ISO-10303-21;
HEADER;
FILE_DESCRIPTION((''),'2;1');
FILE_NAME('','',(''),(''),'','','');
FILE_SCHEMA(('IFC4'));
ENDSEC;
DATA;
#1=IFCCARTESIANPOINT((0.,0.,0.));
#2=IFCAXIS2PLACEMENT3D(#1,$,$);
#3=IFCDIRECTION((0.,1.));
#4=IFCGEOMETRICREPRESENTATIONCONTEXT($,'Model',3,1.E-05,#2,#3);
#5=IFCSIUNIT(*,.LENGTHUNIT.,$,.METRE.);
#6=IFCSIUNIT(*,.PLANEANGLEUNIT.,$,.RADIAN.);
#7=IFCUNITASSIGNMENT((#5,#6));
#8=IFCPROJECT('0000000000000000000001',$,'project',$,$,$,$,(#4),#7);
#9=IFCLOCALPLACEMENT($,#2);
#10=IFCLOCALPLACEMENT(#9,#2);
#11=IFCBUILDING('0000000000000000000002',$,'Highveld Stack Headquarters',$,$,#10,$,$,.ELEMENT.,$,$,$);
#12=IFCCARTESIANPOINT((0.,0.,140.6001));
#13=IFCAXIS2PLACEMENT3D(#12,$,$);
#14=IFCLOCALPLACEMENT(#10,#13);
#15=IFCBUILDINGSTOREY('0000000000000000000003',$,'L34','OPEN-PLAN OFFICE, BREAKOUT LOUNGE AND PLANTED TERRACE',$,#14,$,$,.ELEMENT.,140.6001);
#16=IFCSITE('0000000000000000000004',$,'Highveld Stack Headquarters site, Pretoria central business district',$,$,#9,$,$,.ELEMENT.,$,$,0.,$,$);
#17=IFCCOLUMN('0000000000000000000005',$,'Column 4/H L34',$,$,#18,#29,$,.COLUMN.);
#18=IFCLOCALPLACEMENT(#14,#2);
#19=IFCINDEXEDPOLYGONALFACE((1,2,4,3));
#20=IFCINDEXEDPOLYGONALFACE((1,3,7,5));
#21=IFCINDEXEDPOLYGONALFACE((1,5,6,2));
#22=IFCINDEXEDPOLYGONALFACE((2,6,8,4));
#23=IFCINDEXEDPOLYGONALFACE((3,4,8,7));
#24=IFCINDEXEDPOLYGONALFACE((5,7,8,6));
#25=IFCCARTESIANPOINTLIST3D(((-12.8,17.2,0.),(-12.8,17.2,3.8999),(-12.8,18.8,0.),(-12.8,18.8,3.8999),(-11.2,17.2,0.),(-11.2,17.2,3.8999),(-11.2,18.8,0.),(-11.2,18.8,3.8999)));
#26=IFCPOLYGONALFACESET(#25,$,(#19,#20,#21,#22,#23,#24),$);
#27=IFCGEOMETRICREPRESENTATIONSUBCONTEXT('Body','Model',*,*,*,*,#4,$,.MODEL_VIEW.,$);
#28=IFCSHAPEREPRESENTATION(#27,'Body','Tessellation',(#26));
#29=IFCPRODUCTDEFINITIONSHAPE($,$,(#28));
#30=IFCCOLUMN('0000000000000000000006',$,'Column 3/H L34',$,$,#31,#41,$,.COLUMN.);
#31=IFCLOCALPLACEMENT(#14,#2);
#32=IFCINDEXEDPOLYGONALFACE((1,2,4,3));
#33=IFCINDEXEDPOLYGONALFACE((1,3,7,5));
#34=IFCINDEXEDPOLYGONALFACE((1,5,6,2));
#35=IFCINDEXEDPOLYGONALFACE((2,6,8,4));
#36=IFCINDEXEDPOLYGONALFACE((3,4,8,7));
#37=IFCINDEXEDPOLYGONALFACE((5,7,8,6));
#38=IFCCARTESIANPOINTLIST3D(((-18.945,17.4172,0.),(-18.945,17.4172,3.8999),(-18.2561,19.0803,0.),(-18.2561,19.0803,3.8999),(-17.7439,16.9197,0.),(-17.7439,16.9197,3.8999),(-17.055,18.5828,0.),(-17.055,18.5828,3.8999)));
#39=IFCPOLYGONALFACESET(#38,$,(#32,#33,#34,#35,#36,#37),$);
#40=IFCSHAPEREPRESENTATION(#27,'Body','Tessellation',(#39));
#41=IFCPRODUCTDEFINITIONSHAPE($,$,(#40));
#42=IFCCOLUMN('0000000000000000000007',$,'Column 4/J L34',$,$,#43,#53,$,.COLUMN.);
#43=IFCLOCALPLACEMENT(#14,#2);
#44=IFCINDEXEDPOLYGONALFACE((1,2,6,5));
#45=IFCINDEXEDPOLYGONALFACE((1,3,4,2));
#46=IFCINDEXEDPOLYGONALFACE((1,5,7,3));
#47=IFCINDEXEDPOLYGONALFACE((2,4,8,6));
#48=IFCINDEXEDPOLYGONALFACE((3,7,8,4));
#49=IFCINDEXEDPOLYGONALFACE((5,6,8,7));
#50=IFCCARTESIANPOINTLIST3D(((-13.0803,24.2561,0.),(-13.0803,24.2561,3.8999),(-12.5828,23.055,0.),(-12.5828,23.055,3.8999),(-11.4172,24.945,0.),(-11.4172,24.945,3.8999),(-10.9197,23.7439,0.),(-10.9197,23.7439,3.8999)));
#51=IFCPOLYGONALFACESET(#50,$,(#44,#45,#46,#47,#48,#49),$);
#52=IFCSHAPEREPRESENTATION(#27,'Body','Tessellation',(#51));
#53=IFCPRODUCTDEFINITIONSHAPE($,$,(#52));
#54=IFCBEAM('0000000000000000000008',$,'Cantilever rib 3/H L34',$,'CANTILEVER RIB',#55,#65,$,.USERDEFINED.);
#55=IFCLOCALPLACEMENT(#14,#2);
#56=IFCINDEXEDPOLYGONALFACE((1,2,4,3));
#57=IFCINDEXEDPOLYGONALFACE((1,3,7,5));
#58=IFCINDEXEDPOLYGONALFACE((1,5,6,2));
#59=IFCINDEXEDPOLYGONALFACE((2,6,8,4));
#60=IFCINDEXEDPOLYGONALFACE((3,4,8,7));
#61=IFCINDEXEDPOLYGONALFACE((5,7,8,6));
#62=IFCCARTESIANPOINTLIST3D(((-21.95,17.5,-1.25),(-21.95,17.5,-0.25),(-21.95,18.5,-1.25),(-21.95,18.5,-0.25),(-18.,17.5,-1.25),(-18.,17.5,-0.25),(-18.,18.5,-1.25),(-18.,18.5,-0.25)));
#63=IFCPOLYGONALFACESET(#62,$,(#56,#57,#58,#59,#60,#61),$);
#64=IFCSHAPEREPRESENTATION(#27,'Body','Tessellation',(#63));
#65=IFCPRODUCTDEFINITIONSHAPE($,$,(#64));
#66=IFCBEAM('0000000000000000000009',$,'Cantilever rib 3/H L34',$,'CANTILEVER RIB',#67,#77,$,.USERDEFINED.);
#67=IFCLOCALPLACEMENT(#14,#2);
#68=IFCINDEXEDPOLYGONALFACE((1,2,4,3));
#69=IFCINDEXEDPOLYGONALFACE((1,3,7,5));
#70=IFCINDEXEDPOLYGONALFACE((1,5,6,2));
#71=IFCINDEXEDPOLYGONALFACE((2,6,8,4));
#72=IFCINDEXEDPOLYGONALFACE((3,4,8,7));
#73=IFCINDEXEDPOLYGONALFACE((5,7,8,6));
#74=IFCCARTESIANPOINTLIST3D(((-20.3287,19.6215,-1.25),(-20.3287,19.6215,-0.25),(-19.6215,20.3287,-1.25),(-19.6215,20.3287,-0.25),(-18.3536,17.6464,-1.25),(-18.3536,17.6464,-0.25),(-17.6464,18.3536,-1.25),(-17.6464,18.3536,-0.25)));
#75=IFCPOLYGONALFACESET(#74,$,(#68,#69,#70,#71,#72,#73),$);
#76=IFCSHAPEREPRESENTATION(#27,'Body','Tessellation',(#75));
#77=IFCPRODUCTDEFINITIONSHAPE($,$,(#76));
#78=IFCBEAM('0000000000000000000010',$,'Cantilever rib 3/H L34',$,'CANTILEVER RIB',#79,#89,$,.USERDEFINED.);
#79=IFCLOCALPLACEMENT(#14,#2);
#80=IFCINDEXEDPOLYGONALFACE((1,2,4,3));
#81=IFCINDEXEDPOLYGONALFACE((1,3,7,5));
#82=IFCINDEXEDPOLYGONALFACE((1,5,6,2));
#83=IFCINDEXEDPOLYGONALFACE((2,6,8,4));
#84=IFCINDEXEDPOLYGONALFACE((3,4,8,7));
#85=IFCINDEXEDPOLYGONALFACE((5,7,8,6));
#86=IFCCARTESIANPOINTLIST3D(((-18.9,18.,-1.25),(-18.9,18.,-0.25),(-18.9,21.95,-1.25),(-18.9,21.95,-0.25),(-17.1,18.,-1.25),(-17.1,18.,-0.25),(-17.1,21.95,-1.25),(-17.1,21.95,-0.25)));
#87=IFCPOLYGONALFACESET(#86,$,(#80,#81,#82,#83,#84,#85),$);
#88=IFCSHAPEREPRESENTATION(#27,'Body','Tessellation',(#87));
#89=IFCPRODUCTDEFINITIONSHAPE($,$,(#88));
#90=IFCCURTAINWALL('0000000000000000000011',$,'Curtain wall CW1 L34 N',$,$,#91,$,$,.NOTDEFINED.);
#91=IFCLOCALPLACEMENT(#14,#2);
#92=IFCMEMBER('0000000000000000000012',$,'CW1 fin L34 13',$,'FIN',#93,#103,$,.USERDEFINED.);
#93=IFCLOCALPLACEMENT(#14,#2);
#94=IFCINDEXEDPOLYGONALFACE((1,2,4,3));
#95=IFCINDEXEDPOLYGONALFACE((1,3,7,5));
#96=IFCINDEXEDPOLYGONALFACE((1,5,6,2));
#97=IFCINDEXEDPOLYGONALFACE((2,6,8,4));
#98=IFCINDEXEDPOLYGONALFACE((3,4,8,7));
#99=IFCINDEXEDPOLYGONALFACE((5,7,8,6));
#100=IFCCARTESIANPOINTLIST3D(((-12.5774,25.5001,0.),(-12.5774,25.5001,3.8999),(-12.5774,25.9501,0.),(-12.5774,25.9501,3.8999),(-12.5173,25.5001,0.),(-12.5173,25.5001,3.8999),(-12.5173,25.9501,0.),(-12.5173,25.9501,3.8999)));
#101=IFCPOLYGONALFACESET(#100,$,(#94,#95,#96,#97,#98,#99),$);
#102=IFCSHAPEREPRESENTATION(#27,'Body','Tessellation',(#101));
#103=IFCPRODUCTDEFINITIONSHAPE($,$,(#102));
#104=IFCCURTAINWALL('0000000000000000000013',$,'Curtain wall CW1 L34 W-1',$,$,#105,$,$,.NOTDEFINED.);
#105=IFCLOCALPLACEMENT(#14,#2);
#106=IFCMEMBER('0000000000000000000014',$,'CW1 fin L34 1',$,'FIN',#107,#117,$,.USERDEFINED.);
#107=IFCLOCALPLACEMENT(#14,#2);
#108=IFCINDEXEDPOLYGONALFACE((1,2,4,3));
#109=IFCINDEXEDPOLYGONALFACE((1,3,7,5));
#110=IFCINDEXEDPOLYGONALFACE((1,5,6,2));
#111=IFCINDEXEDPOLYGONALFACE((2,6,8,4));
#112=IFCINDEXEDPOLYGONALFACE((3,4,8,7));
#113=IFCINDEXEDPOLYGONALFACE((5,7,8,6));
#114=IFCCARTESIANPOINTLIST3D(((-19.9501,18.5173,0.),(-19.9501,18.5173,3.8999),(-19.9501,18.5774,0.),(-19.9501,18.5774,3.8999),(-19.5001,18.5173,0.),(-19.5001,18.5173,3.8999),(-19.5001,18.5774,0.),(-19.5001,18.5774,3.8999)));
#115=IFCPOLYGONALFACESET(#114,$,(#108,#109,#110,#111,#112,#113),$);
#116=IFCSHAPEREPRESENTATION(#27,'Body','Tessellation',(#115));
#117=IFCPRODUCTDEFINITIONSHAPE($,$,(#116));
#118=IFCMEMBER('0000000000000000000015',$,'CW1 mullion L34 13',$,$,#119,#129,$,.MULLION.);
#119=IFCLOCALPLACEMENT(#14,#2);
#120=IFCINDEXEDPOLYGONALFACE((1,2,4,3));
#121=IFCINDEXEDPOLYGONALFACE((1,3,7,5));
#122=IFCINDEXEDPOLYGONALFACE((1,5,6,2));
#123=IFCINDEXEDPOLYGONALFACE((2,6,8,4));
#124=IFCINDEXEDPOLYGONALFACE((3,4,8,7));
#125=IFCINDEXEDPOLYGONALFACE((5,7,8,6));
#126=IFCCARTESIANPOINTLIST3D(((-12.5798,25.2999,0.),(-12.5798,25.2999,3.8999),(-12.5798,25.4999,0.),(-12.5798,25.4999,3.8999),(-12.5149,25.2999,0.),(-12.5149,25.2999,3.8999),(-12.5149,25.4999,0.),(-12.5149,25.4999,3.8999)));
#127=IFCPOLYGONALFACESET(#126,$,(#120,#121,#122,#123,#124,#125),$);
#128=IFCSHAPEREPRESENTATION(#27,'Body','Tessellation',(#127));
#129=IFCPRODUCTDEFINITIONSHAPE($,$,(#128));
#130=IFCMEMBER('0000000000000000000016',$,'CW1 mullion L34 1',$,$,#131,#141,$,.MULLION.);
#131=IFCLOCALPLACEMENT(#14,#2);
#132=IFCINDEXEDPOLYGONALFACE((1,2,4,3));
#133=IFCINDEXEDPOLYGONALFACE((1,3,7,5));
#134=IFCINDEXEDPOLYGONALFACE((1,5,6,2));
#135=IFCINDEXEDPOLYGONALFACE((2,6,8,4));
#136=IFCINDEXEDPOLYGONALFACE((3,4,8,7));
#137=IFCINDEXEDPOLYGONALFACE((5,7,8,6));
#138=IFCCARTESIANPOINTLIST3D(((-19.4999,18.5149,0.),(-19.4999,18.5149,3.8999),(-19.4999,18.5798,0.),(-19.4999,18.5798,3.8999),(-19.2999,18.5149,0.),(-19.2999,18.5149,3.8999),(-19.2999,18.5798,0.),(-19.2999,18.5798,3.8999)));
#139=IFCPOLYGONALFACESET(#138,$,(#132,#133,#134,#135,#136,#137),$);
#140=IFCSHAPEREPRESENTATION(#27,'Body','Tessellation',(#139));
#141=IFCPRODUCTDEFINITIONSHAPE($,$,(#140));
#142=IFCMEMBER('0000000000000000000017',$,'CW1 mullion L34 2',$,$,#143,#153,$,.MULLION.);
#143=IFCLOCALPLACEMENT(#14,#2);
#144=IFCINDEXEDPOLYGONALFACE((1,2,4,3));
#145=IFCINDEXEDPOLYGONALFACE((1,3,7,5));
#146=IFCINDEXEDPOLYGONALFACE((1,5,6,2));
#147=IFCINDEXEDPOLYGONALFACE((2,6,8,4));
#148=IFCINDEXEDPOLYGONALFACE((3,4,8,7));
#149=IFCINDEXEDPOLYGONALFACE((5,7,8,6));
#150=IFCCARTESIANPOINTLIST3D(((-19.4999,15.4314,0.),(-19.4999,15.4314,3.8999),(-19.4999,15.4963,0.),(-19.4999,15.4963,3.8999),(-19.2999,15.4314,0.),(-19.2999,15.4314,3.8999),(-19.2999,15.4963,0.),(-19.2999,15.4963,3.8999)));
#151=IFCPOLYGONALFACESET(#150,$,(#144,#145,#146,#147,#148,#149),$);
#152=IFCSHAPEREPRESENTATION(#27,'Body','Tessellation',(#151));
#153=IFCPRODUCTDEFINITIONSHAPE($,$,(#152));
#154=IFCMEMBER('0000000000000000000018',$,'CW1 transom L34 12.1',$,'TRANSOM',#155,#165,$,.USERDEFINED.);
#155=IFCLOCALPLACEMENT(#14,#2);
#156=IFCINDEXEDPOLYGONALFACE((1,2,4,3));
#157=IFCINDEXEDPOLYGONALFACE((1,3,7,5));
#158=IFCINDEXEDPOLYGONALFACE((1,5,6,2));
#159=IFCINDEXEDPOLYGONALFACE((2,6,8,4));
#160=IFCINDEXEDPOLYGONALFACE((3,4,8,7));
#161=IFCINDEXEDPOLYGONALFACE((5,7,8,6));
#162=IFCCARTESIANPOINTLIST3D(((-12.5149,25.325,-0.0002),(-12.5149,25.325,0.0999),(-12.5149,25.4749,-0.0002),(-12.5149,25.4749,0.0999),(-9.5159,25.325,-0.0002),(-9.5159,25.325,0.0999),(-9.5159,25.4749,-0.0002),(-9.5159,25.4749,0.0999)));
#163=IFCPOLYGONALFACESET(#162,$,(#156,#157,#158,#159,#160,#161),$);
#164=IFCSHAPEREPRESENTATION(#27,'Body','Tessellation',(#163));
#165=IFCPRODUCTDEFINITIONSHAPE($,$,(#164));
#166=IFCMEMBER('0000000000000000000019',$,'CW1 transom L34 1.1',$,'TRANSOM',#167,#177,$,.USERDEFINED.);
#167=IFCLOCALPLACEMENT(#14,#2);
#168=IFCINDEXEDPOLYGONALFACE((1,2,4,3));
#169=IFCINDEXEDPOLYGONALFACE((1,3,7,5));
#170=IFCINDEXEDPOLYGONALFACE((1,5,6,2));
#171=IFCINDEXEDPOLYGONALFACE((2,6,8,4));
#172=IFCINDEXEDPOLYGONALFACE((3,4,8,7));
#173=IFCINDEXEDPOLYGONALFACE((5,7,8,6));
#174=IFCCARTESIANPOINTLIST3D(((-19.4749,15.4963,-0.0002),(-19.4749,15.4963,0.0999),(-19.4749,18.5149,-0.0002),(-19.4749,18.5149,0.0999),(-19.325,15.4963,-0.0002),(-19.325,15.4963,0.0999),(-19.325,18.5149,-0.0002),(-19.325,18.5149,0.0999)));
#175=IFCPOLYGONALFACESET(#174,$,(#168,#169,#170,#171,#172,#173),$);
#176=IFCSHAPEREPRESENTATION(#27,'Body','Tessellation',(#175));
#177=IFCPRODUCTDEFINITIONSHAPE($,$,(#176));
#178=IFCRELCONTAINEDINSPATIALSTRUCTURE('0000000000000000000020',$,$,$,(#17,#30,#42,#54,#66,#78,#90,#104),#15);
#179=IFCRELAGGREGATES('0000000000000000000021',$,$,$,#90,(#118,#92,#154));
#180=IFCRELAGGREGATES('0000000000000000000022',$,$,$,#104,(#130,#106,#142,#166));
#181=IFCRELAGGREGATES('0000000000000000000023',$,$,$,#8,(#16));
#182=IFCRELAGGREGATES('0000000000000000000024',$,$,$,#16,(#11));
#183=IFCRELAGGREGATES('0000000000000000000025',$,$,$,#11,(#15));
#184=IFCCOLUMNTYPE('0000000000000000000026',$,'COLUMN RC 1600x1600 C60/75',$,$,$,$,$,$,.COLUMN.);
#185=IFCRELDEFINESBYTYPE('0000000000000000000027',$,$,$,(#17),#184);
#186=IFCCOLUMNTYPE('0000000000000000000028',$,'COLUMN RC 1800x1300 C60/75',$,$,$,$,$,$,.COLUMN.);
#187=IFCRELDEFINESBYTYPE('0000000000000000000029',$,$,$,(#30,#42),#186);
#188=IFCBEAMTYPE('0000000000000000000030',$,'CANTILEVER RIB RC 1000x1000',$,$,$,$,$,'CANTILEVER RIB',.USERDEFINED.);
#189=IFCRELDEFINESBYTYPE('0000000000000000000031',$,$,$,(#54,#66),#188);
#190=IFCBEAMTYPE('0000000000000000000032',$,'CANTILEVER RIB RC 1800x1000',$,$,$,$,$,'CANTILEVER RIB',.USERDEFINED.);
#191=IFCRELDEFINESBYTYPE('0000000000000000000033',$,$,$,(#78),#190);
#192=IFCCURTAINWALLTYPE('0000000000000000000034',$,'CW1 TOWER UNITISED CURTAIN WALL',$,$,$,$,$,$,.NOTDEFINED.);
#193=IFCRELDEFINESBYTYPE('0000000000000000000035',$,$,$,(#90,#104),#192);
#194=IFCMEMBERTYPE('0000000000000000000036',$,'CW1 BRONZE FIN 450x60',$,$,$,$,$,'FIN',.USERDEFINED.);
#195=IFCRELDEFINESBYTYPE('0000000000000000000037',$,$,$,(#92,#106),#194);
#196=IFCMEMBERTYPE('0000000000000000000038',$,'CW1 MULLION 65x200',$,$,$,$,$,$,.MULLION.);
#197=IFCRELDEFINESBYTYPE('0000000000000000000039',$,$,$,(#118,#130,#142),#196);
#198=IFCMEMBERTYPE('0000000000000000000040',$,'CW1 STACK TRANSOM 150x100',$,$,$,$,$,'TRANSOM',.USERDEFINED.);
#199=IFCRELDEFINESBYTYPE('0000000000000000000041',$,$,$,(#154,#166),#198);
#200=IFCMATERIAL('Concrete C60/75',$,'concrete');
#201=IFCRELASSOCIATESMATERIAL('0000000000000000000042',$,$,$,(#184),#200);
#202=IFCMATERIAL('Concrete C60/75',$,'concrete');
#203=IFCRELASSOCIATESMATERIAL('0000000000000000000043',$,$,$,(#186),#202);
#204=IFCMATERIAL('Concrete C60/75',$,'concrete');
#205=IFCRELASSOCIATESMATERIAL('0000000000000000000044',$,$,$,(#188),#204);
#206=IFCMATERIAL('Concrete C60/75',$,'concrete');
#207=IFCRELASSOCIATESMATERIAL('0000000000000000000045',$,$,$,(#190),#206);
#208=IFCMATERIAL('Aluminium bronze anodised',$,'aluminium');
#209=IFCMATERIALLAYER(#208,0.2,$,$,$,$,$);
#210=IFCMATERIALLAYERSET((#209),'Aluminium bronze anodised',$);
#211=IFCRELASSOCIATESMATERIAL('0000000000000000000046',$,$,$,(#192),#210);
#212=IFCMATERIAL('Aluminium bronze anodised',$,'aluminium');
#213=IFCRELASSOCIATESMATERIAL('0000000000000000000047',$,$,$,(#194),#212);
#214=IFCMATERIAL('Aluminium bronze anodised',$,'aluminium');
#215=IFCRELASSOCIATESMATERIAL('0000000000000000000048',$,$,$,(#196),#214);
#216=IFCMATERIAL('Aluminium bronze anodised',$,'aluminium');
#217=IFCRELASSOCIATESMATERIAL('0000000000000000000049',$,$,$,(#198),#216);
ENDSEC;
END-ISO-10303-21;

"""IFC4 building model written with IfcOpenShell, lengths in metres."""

from ifc_helpers import new_model, si_unit, direction, frame, origin, origin_2d, place, context, subcontext, project, spatial, rectangle, extrude, material, layer, layer_set, material_profile, profile_set, type_object, element, aggregate, save


model = new_model("IFC4")

# Units and contexts
model_context = context("Model", 3, precision=1e-05, world=origin(), true_north=direction((0.0, 1.0)))
body_context = subcontext(model_context, "Body", "Model", "MODEL_VIEW")
ifc_project = project(units=[si_unit("LENGTHUNIT", "METRE"), si_unit("PLANEANGLEUNIT", "RADIAN")], contexts=[model_context])

# Site, building, storey
site_placement = place(None, origin())
site = spatial("IfcSite", under=ifc_project, at=site_placement, Name="Highveld Stack Headquarters site, Pretoria central business district", CompositionType="ELEMENT", RefElevation=0.0)
building_placement = place(site_placement, origin())
building = spatial("IfcBuilding", under=site, at=building_placement, Name="Highveld Stack Headquarters", CompositionType="ELEMENT")
storey_placement = place(building_placement, frame((0.0, 0.0, 140.6001)))
storey = spatial("IfcBuildingStorey", under=building, at=storey_placement, Name="L34", Description="OPEN-PLAN OFFICE, BREAKOUT LOUNGE AND PLANTED TERRACE", CompositionType="ELEMENT", Elevation=140.6001)

# Columns
ifc_material_1 = material(Name="Concrete C60/75", Category="concrete")
ifc_material_profile_1 = material_profile(ifc_material_1, rectangle(XDim=1.6001, YDim=1.6001, at=origin_2d()), Name="RC 1600x1600")
ifc_profile_set_1 = profile_set([ifc_material_profile_1], Name="Concrete C60/75")
column_type_1 = type_object("IfcColumnType", Name="COLUMN RC 1600x1600 C60/75", PredefinedType="COLUMN", material=ifc_profile_set_1)
column_placement = place(storey_placement, frame((-12.0, 18.0, 0.0), z_axis=(0.0, 0.0, 1.0), x_axis=(1.0, 0.0, 0.0)))
element("IfcColumn", 1, at=column_placement, inside=storey, type_object=column_type_1, Name="Column 4/H L34", PredefinedType="COLUMN", context=body_context, shape_type="SweptSolid", body=[
    extrude(rectangle(XDim=1.6001, YDim=1.6001, at=origin_2d()), origin(), (0.0, 0.0, 1.0), 3.8999),
])
ifc_material_2 = material(Name="Concrete C60/75", Category="concrete")
ifc_material_profile_2 = material_profile(ifc_material_2, rectangle(XDim=1.8, YDim=1.3, at=origin_2d()), Name="RC 1800x1300")
ifc_profile_set_2 = profile_set([ifc_material_profile_2], Name="Concrete C60/75")
column_type_2 = type_object("IfcColumnType", Name="COLUMN RC 1800x1300 C60/75", PredefinedType="COLUMN", material=ifc_profile_set_2)
for number, where, z_axis, x_axis, name in (
    (2, (-18.0, 18.0, 0.0), (0.0, 0.0, 1.0), (0.382683, 0.92388, 0.0), "Column 3/H L34"),
    (3, (-12.0, 24.0, 0.0), (0.0, 0.0, 1.0), (0.92388, 0.382683, 0.0), "Column 4/J L34"),
):
    element("IfcColumn", number, at=place(storey_placement, frame(where, z_axis=z_axis, x_axis=x_axis)), inside=storey, type_object=column_type_2, Name=name, PredefinedType="COLUMN", context=body_context, shape_type="SweptSolid", body=[
        extrude(rectangle(XDim=1.8, YDim=1.3, at=origin_2d()), origin(), (0.0, 0.0, 1.0), 3.8999),
    ])

# Beams
ifc_material_3 = material(Name="Concrete C60/75", Category="concrete")
ifc_material_profile_3 = material_profile(ifc_material_3, rectangle(XDim=1.0, YDim=1.0, at=origin_2d()), Name="RC 1000x1000")
ifc_profile_set_3 = profile_set([ifc_material_profile_3], Name="Concrete C60/75")
beam_type_1 = type_object("IfcBeamType", Name="CANTILEVER RIB RC 1000x1000", ElementType="CANTILEVER RIB", PredefinedType="USERDEFINED", material=ifc_profile_set_3)
beam_1_placement = place(storey_placement, frame((-18.0, 18.0, -0.75), z_axis=(-1.0, 0.0, 0.0), x_axis=(0.0, -1.0, 0.0)))
element("IfcBeam", 4, at=beam_1_placement, inside=storey, type_object=beam_type_1, Name="Cantilever rib 3/H L34", ObjectType="CANTILEVER RIB", PredefinedType="USERDEFINED", context=body_context, shape_type="SweptSolid", body=[
    extrude(rectangle(XDim=1.0, YDim=1.0, at=origin_2d()), origin(), (0.0, 0.0, 1.0), 3.95),
])
beam_2_placement = place(storey_placement, frame((-18.0, 18.0, -0.75), z_axis=(-0.707107, 0.707107, 0.0), x_axis=(-0.707107, -0.707107, 0.0)))
element("IfcBeam", 5, at=beam_2_placement, inside=storey, type_object=beam_type_1, Name="Cantilever rib 3/H L34", ObjectType="CANTILEVER RIB", PredefinedType="USERDEFINED", context=body_context, shape_type="SweptSolid", body=[
    extrude(rectangle(XDim=1.0, YDim=1.0, at=origin_2d()), origin(), (0.0, 0.0, 1.0), 2.7932),
])
ifc_material_4 = material(Name="Concrete C60/75", Category="concrete")
ifc_material_profile_4 = material_profile(ifc_material_4, rectangle(XDim=1.8, YDim=1.0, at=origin_2d()), Name="RC 1800x1000")
ifc_profile_set_4 = profile_set([ifc_material_profile_4], Name="Concrete C60/75")
beam_type_2 = type_object("IfcBeamType", Name="CANTILEVER RIB RC 1800x1000", ElementType="CANTILEVER RIB", PredefinedType="USERDEFINED", material=ifc_profile_set_4)
beam_3_placement = place(storey_placement, frame((-18.0, 18.0, -0.75), z_axis=(0.0, 1.0, 0.0), x_axis=(-1.0, 0.0, 0.0)))
element("IfcBeam", 6, at=beam_3_placement, inside=storey, type_object=beam_type_2, Name="Cantilever rib 3/H L34", ObjectType="CANTILEVER RIB", PredefinedType="USERDEFINED", context=body_context, shape_type="SweptSolid", body=[
    extrude(rectangle(XDim=1.8, YDim=1.0, at=origin_2d()), origin(), (0.0, 0.0, 1.0), 3.95),
])

# Curtain walls, members
ifc_material_5 = material(Name="Aluminium bronze anodised", Category="aluminium")
ifc_layer_1 = layer(ifc_material_5, 0.2)
ifc_layer_set_1 = layer_set([ifc_layer_1], Name="Aluminium bronze anodised")
curtain_wall_type_1 = type_object("IfcCurtainWallType", Name="CW1 TOWER UNITISED CURTAIN WALL", PredefinedType="NOTDEFINED", material=ifc_layer_set_1)
curtain_wall_1_placement = place(storey_placement, origin())
curtain_wall_1 = element("IfcCurtainWall", 7, at=curtain_wall_1_placement, inside=storey, type_object=curtain_wall_type_1, Name="Curtain wall CW1 L34 N", PredefinedType="NOTDEFINED")
ifc_material_6 = material(Name="Aluminium bronze anodised", Category="aluminium")
ifc_material_profile_5 = material_profile(ifc_material_6, rectangle(XDim=0.45, YDim=0.0601, at=origin_2d()), Name="FIN 450x60")
ifc_profile_set_5 = profile_set([ifc_material_profile_5], Name="Aluminium bronze anodised")
member_type_1 = type_object("IfcMemberType", Name="CW1 BRONZE FIN 450x60", ElementType="FIN", PredefinedType="USERDEFINED", material=ifc_profile_set_5)
member_1_placement = place(storey_placement, frame((-12.5474, 25.7251, 0.0), z_axis=(0.0, 0.0, 1.0), x_axis=(0.0, -1.0, 0.0)))
member_1 = element("IfcMember", 8, at=member_1_placement, type_object=member_type_1, Name="CW1 fin L34 13", ObjectType="FIN", PredefinedType="USERDEFINED", context=body_context, shape_type="SweptSolid", body=[
    extrude(rectangle(XDim=0.45, YDim=0.0601, at=origin_2d()), origin(), (0.0, 0.0, 1.0), 3.8999),
])
curtain_wall_2_placement = place(storey_placement, origin())
curtain_wall_2 = element("IfcCurtainWall", 9, at=curtain_wall_2_placement, inside=storey, type_object=curtain_wall_type_1, Name="Curtain wall CW1 L34 W-1", PredefinedType="NOTDEFINED")
member_2_placement = place(storey_placement, frame((-19.7251, 18.5474, 0.0), z_axis=(0.0, 0.0, 1.0), x_axis=(1.0, 0.0, 0.0)))
member_2 = element("IfcMember", 10, at=member_2_placement, type_object=member_type_1, Name="CW1 fin L34 1", ObjectType="FIN", PredefinedType="USERDEFINED", context=body_context, shape_type="SweptSolid", body=[
    extrude(rectangle(XDim=0.45, YDim=0.0601, at=origin_2d()), origin(), (0.0, 0.0, 1.0), 3.8999),
])

# Members
ifc_material_7 = material(Name="Aluminium bronze anodised", Category="aluminium")
ifc_material_profile_6 = material_profile(ifc_material_7, rectangle(XDim=0.2, YDim=0.0649, at=origin_2d()), Name="CW1 MULLION 65x200")
ifc_profile_set_6 = profile_set([ifc_material_profile_6], Name="Aluminium bronze anodised")
member_type_2 = type_object("IfcMemberType", Name="CW1 MULLION 65x200", PredefinedType="MULLION", material=ifc_profile_set_6)
member_3_placement = place(storey_placement, frame((-12.5474, 25.3999, 0.0), z_axis=(0.0, 0.0, 1.0), x_axis=(0.0, -1.0, 0.0)))
member_3 = element("IfcMember", 11, at=member_3_placement, type_object=member_type_2, Name="CW1 mullion L34 13", PredefinedType="MULLION", context=body_context, shape_type="SweptSolid", body=[
    extrude(rectangle(XDim=0.2, YDim=0.0649, at=origin_2d()), origin(), (0.0, 0.0, 1.0), 3.8999),
])
member_4_placement = place(storey_placement, frame((-19.3999, 18.5474, 0.0), z_axis=(0.0, 0.0, 1.0), x_axis=(1.0, 0.0, 0.0)))
member_4 = element("IfcMember", 12, at=member_4_placement, type_object=member_type_2, Name="CW1 mullion L34 1", PredefinedType="MULLION", context=body_context, shape_type="SweptSolid", body=[
    extrude(rectangle(XDim=0.2, YDim=0.0649, at=origin_2d()), origin(), (0.0, 0.0, 1.0), 3.8999),
])
member_5_placement = place(storey_placement, frame((-19.3999, 15.4639, 0.0), z_axis=(0.0, 0.0, 1.0), x_axis=(1.0, 0.0, 0.0)))
member_5 = element("IfcMember", 13, at=member_5_placement, type_object=member_type_2, Name="CW1 mullion L34 2", PredefinedType="MULLION", context=body_context, shape_type="SweptSolid", body=[
    extrude(rectangle(XDim=0.2, YDim=0.0649, at=origin_2d()), origin(), (0.0, 0.0, 1.0), 3.8999),
])
ifc_material_8 = material(Name="Aluminium bronze anodised", Category="aluminium")
ifc_material_profile_7 = material_profile(ifc_material_8, rectangle(XDim=0.1499, YDim=0.1001, at=origin_2d()), Name="CW1 TRANSOM 150x100")
ifc_profile_set_7 = profile_set([ifc_material_profile_7], Name="Aluminium bronze anodised")
member_type_3 = type_object("IfcMemberType", Name="CW1 STACK TRANSOM 150x100", ElementType="TRANSOM", PredefinedType="USERDEFINED", material=ifc_profile_set_7)
member_6_placement = place(storey_placement, frame((-9.5159, 25.3999, 0.0498), z_axis=(-1.0, 0.0, 0.0), x_axis=(0.0, -1.0, 0.0)))
member_6 = element("IfcMember", 14, at=member_6_placement, type_object=member_type_3, Name="CW1 transom L34 12.1", ObjectType="TRANSOM", PredefinedType="USERDEFINED", context=body_context, shape_type="SweptSolid", body=[
    extrude(rectangle(XDim=0.1499, YDim=0.1001, at=origin_2d()), origin(), (0.0, 0.0, 1.0), 2.999),
])
member_7_placement = place(storey_placement, frame((-19.3999, 18.5149, 0.0498), z_axis=(0.0, -1.0, 0.0), x_axis=(1.0, 0.0, 0.0)))
member_7 = element("IfcMember", 15, at=member_7_placement, type_object=member_type_3, Name="CW1 transom L34 1.1", ObjectType="TRANSOM", PredefinedType="USERDEFINED", context=body_context, shape_type="SweptSolid", body=[
    extrude(rectangle(XDim=0.1499, YDim=0.1001, at=origin_2d()), origin(), (0.0, 0.0, 1.0), 3.0186),
])

aggregate(curtain_wall_1, [member_3, member_1, member_6])
aggregate(curtain_wall_2, [member_4, member_2, member_5, member_7])

save(model, "model.ifc")
